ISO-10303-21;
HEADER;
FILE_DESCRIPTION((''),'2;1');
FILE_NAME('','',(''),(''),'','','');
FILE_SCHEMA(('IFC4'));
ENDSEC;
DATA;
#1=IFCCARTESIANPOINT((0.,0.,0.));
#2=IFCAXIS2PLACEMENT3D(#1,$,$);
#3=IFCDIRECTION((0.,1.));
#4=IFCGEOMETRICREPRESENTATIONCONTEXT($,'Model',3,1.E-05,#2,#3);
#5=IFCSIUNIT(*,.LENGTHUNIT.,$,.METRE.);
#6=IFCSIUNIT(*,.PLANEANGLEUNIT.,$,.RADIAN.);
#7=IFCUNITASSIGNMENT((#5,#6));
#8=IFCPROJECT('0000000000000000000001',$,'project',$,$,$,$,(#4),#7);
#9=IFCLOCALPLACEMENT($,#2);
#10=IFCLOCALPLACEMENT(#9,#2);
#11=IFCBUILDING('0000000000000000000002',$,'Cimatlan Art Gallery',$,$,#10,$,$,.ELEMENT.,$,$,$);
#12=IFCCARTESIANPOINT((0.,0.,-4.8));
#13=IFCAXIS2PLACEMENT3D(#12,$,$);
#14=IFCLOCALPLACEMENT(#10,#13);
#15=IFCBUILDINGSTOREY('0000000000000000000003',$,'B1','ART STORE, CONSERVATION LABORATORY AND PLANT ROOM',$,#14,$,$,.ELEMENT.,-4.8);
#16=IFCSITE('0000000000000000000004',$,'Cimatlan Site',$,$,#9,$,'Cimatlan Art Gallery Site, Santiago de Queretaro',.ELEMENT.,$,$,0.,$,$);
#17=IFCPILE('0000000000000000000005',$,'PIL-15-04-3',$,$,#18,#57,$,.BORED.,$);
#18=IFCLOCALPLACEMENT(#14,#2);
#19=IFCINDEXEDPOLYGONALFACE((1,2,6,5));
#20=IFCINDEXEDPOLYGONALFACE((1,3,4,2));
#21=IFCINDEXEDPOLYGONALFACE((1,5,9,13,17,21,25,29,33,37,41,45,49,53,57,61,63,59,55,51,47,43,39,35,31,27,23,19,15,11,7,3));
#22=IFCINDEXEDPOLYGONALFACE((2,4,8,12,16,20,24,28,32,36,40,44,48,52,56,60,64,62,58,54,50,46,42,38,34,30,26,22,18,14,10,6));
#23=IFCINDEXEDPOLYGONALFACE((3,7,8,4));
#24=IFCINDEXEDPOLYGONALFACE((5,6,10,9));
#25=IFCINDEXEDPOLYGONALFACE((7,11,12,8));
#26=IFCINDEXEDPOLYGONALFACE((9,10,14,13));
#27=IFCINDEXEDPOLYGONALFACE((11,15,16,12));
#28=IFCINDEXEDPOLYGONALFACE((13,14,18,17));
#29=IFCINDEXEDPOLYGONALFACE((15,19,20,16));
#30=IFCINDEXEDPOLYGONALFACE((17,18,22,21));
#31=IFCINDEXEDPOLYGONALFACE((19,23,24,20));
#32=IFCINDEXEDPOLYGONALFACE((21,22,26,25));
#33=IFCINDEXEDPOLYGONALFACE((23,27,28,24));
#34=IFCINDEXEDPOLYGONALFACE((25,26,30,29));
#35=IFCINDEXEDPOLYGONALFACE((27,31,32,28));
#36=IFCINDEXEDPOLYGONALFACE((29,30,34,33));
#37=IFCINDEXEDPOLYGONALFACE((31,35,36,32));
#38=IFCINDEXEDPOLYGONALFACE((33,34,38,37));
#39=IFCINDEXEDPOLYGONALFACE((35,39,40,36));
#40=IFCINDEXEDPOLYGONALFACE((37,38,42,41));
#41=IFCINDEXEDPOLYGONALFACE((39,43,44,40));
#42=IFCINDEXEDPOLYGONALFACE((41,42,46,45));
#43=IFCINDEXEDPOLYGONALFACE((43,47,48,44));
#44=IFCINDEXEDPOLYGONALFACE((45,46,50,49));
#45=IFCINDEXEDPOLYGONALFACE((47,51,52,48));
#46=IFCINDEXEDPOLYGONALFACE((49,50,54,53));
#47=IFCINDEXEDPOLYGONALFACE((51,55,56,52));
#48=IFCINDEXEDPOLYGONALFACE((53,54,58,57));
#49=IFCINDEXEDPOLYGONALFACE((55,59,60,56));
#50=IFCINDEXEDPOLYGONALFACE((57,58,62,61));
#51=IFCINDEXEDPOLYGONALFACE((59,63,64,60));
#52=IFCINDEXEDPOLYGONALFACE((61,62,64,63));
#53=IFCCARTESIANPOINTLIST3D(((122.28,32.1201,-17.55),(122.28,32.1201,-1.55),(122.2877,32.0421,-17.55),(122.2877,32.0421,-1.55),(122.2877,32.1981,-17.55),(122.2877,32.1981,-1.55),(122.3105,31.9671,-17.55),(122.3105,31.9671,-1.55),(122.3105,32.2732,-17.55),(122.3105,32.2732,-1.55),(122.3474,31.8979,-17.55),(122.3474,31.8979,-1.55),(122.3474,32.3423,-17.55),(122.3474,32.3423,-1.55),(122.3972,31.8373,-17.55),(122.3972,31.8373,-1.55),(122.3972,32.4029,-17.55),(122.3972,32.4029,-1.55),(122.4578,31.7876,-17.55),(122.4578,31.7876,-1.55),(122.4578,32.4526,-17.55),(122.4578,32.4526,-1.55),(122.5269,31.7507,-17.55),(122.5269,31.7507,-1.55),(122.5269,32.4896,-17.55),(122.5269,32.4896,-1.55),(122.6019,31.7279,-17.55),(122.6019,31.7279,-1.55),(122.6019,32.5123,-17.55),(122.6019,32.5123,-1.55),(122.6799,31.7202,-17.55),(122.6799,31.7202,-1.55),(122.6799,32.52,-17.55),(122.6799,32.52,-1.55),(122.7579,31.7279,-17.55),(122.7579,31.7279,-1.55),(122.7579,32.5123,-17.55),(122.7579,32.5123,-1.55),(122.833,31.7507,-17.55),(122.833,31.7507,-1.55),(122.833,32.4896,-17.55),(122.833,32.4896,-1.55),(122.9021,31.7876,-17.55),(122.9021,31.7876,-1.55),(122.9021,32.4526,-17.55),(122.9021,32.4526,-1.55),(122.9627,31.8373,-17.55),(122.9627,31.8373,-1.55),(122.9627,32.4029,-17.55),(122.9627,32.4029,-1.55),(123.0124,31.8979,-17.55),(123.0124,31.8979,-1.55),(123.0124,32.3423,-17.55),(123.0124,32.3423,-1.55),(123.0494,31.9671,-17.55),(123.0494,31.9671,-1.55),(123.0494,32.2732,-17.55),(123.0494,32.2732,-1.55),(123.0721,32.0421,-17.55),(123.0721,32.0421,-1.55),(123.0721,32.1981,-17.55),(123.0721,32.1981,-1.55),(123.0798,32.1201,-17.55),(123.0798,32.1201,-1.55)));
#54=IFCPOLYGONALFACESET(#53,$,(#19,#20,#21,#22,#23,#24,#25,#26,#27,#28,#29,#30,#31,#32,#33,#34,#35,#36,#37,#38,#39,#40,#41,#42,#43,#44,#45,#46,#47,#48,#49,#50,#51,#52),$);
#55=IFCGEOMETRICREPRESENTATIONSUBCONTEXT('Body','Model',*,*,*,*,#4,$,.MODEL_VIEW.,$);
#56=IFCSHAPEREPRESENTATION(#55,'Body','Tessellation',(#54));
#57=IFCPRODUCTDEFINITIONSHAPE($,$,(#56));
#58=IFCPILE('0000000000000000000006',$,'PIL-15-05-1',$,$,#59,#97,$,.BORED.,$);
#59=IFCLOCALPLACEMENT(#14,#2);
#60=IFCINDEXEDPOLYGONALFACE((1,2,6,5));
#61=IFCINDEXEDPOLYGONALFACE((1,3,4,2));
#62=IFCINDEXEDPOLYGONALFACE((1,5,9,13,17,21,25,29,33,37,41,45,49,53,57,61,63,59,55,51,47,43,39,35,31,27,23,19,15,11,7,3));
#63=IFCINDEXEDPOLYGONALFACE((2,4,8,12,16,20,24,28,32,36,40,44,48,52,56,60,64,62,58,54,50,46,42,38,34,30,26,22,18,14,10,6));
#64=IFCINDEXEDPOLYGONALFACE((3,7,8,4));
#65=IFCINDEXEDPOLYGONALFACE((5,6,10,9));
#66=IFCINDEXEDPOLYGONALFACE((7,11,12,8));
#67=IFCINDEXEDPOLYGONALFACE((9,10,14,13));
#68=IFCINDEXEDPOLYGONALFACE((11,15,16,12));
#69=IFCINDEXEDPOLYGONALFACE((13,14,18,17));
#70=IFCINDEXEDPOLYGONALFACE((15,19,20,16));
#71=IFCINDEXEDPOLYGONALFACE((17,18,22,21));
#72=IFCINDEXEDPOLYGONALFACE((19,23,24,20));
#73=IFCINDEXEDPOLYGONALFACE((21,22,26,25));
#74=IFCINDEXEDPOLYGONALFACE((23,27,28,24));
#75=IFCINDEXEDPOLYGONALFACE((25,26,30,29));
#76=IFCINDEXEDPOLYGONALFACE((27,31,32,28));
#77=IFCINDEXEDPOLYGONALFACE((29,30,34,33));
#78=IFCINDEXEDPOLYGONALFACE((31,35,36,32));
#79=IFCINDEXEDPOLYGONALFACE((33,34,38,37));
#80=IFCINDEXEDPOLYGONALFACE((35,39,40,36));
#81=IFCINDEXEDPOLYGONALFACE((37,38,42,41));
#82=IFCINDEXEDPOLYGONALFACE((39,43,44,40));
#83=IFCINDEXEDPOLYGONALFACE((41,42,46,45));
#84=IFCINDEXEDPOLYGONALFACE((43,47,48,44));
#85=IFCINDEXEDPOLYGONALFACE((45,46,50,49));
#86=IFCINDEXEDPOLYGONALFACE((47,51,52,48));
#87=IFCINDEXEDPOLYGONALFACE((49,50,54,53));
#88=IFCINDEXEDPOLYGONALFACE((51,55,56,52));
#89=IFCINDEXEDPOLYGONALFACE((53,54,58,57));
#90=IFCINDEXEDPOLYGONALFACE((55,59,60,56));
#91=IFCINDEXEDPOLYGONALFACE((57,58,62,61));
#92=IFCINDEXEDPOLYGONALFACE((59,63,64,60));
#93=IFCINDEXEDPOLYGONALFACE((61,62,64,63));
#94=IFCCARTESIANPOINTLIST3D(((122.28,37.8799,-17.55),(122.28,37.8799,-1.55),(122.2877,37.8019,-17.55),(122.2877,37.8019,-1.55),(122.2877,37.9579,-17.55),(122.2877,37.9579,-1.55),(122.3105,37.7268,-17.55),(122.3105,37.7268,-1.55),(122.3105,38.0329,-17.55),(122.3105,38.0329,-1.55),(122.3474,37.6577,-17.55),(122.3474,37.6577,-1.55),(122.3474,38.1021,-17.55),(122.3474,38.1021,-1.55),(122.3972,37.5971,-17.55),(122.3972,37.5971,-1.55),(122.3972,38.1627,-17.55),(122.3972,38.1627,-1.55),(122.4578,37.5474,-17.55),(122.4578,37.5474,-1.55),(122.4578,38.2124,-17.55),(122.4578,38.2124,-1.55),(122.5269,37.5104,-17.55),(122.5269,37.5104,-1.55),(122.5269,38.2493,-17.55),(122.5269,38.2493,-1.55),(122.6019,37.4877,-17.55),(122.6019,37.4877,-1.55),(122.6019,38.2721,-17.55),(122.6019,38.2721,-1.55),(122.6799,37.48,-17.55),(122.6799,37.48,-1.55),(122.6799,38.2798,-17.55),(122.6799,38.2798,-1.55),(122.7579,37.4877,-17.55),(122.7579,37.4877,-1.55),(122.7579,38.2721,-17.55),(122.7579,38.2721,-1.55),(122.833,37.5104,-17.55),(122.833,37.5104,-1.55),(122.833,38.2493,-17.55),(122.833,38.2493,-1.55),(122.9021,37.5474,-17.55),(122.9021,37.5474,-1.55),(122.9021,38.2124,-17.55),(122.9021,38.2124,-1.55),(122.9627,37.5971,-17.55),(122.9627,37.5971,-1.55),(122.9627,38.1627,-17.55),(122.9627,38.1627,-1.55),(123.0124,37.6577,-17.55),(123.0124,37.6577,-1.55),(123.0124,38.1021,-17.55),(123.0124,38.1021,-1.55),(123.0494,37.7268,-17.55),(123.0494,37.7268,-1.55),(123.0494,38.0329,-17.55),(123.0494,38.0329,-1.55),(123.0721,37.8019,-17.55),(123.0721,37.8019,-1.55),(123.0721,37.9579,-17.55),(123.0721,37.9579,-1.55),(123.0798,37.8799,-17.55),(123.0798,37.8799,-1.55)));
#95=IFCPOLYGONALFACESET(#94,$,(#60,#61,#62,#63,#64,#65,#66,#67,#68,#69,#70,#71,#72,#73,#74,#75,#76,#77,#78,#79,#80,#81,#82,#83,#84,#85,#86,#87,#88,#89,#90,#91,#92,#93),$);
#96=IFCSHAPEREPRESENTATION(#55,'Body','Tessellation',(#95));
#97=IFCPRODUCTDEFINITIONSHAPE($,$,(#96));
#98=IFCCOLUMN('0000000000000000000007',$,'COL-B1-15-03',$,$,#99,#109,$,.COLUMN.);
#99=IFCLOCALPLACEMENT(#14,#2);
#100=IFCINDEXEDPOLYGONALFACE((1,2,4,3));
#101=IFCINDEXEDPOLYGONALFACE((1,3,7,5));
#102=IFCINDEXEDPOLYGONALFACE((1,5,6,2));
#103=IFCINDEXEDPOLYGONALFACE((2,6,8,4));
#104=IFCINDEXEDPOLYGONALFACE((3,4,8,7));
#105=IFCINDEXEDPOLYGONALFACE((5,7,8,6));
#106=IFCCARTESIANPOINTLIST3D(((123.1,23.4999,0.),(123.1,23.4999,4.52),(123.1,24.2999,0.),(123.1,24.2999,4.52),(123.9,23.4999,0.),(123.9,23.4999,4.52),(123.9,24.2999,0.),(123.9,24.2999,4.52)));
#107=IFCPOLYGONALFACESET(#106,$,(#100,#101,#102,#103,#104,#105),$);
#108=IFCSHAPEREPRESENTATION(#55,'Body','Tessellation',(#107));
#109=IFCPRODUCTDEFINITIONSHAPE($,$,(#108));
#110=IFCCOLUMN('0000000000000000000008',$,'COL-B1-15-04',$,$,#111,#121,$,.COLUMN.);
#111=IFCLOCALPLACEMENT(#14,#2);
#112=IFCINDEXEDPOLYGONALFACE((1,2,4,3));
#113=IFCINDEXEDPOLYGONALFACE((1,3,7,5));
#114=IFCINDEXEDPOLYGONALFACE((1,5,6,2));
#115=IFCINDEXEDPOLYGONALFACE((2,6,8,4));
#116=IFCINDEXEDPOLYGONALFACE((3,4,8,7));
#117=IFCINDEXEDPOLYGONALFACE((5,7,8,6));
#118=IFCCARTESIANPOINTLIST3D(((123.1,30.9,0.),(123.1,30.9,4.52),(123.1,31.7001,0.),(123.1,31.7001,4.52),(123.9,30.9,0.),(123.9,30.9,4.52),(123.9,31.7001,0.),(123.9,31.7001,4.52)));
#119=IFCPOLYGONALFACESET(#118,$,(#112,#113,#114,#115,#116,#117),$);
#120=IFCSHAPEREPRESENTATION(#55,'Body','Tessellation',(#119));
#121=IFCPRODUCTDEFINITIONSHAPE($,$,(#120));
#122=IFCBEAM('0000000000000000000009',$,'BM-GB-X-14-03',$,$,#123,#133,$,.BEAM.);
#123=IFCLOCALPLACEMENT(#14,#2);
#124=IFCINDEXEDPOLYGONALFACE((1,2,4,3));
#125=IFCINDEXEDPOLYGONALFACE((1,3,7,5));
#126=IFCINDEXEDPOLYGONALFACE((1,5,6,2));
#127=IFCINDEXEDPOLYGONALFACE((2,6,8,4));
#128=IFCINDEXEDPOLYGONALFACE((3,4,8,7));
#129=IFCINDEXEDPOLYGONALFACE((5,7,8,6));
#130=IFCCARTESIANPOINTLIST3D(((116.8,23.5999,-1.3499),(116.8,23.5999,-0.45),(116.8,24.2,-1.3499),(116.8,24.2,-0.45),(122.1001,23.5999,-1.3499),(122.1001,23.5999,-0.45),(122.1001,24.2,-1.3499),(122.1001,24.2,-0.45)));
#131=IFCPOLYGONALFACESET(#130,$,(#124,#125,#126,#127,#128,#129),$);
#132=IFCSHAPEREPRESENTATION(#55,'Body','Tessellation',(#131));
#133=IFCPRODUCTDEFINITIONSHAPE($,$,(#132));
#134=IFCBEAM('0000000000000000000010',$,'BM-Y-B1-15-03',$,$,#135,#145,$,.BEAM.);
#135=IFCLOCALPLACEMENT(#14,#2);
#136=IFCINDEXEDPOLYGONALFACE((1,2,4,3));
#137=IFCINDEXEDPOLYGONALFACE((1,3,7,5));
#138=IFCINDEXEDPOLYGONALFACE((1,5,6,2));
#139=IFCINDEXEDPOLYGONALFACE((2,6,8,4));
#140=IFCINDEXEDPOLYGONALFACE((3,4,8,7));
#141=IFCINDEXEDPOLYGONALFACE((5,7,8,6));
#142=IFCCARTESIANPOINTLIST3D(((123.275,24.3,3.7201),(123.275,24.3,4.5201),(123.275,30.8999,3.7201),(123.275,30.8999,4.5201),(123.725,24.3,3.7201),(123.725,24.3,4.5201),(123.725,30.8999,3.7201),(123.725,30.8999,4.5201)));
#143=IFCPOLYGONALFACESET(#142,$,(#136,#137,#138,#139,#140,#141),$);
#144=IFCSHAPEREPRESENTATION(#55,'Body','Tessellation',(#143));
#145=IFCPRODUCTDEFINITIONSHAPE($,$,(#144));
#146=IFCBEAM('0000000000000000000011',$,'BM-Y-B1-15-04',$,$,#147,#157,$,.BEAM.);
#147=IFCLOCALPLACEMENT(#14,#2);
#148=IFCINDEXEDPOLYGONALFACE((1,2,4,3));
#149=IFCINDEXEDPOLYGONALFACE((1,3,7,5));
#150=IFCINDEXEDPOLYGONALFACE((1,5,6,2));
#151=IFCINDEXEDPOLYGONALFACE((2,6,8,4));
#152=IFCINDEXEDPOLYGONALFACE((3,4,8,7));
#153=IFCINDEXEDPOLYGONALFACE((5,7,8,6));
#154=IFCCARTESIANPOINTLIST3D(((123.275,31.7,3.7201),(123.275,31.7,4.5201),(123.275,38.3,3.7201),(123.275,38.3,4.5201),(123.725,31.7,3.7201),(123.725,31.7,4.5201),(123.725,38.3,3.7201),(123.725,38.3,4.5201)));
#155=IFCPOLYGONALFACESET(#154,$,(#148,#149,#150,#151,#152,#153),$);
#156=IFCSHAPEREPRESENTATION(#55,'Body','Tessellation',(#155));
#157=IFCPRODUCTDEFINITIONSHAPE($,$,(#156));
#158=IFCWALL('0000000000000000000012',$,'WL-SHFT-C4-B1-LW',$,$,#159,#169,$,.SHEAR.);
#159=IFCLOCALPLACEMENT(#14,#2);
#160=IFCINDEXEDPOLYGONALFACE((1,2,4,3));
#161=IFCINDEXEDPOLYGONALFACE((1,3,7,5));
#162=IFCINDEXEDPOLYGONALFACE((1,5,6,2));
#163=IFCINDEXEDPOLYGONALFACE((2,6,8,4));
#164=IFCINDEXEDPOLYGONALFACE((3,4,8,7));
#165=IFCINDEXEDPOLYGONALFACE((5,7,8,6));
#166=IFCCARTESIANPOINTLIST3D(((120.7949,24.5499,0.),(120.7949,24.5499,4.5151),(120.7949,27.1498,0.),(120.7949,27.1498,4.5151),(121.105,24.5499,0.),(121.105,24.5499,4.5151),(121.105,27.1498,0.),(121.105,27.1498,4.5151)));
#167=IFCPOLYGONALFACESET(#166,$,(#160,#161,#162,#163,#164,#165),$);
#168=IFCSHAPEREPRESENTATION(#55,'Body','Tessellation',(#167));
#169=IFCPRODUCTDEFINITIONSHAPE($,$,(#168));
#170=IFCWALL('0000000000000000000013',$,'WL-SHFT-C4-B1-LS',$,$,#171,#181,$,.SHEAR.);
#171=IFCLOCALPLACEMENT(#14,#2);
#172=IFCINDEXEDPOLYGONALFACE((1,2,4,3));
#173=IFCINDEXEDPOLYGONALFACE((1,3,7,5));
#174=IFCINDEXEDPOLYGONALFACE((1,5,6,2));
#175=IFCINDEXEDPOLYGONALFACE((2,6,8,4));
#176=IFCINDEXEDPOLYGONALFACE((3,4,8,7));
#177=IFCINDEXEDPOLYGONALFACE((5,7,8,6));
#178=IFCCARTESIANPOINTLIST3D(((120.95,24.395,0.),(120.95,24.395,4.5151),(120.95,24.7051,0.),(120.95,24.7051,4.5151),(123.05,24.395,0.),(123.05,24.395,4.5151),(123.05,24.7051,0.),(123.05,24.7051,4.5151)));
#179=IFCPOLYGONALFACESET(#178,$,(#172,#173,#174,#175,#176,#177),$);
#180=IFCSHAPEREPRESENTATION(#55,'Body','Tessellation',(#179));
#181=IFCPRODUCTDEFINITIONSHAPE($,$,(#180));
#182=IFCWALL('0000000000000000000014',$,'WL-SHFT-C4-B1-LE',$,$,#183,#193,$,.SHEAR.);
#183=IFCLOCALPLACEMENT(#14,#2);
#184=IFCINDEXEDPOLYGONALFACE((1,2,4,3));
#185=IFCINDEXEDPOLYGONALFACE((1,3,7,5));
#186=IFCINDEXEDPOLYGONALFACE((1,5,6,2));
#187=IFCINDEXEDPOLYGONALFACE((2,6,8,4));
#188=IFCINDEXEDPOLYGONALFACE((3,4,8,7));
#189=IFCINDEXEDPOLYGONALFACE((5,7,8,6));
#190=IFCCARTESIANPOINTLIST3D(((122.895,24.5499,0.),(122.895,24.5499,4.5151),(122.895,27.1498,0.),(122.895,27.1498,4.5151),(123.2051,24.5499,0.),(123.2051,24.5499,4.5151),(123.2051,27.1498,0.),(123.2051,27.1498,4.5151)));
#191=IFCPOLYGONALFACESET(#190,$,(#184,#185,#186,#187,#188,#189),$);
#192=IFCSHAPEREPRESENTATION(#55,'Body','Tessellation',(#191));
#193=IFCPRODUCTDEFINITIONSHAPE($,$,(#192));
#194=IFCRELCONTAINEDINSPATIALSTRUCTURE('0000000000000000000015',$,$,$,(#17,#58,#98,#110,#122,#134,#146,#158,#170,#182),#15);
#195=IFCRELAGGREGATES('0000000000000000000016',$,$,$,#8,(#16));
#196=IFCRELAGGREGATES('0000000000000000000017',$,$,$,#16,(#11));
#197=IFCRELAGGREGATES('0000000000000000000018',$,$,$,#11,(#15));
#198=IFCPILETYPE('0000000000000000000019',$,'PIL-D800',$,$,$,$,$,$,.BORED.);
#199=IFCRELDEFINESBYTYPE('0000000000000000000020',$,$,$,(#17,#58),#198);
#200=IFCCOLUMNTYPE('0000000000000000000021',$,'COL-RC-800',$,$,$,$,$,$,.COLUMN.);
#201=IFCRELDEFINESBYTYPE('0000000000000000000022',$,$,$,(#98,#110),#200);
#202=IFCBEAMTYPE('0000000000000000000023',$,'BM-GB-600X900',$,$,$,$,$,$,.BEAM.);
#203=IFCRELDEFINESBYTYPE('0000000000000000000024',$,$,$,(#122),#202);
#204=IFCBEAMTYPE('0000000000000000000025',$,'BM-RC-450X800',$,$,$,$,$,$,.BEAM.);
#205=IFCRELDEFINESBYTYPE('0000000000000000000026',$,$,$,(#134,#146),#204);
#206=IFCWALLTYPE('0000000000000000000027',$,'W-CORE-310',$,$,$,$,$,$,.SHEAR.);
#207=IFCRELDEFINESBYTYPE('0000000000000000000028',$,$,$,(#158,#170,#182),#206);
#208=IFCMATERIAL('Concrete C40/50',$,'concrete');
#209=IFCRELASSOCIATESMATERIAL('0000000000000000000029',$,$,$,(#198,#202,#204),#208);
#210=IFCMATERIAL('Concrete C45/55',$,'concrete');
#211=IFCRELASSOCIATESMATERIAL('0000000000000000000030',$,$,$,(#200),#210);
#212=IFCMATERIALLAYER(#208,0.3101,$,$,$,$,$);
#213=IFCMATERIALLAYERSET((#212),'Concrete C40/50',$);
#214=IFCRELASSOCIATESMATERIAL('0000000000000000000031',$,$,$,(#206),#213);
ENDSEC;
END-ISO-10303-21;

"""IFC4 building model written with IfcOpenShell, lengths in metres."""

from ifc_helpers import new_model, si_unit, direction, frame, frame_2d, origin, origin_2d, place, context, subcontext, project, spatial, rectangle, circle, extrude, material, layer, layer_set, material_profile, profile_set, type_object, element, save


model = new_model("IFC4")

# Units and contexts
model_context = context("Model", 3, precision=1e-05, world=origin(), true_north=direction((0.0, 1.0)))
body_context = subcontext(model_context, "Body", "Model", "MODEL_VIEW")
ifc_project = project(units=[si_unit("LENGTHUNIT", "METRE"), si_unit("PLANEANGLEUNIT", "RADIAN")], contexts=[model_context])

# Site, building, storey
site_placement = place(None, origin())
site = spatial("IfcSite", under=ifc_project, at=site_placement, Name="Cimatlan Site", LongName="Cimatlan Art Gallery Site, Santiago de Queretaro", CompositionType="ELEMENT", RefElevation=0.0)
building_placement = place(site_placement, origin())
building = spatial("IfcBuilding", under=site, at=building_placement, Name="Cimatlan Art Gallery", CompositionType="ELEMENT")
storey_placement = place(building_placement, frame((0.0, 0.0, -4.8)))
storey = spatial("IfcBuildingStorey", under=building, at=storey_placement, Name="B1", Description="ART STORE, CONSERVATION LABORATORY AND PLANT ROOM", CompositionType="ELEMENT", Elevation=-4.8)

# Shared definitions
ifc_material_1 = material(Name="Concrete C40/50", Category="concrete")

# Piles
pile_type = type_object("IfcPileType", Name="PIL-D800", PredefinedType="BORED", material=ifc_material_1)
for number, where, z_axis, x_axis, name in (
    (1, (122.6799, 32.1201, -1.55), (0.0, 0.0, -1.0), (1.0, 0.0, 0.0), "PIL-15-04-3"),
    (2, (122.6799, 37.8799, -1.55), (0.0, 0.0, -1.0), (1.0, 0.0, 0.0), "PIL-15-05-1"),
):
    element("IfcPile", number, at=place(storey_placement, frame(where, z_axis=z_axis, x_axis=x_axis)), inside=storey, type_object=pile_type, Name=name, PredefinedType="BORED", context=body_context, shape_type="SweptSolid", body=[
        extrude(circle(Radius=0.3999, at=origin_2d()), origin(), (0.0, 0.0, 1.0), 16.0),
    ])

# Columns
ifc_material_2 = material(Name="Concrete C45/55", Category="concrete")
ifc_material_profile_1 = material_profile(ifc_material_2, rectangle(XDim=0.8, YDim=0.8, at=origin_2d()), Name="RC800X800")
ifc_profile_set_1 = profile_set([ifc_material_profile_1], Name="Concrete C45/55")
column_type = type_object("IfcColumnType", Name="COL-RC-800", PredefinedType="COLUMN", material=ifc_profile_set_1)
for number, where, z_axis, x_axis, name in (
    (3, (123.5, 23.8999, 0.0), (0.0, 0.0, 1.0), (1.0, 0.0, 0.0), "COL-B1-15-03"),
    (4, (123.5, 31.3, 0.0), (0.0, 0.0, 1.0), (1.0, 0.0, 0.0), "COL-B1-15-04"),
):
    element("IfcColumn", number, at=place(storey_placement, frame(where, z_axis=z_axis, x_axis=x_axis)), inside=storey, type_object=column_type, Name=name, PredefinedType="COLUMN", context=body_context, shape_type="SweptSolid", body=[
        extrude(rectangle(XDim=0.8, YDim=0.8, at=origin_2d()), origin(), (0.0, 0.0, 1.0), 4.52),
    ])

# Beams
ifc_material_profile_2 = material_profile(ifc_material_1, rectangle(XDim=0.6001, YDim=0.8999, at=origin_2d()), Name="RC600X900")
ifc_profile_set_2 = profile_set([ifc_material_profile_2], Name="Concrete C40/50")
beam_type_1 = type_object("IfcBeamType", Name="BM-GB-600X900", PredefinedType="BEAM", material=ifc_profile_set_2)
beam_1_placement = place(storey_placement, frame((116.8, 23.8999, -0.8999), z_axis=(1.0, 0.0, 0.0), x_axis=(0.0, 1.0, 0.0)))
element("IfcBeam", 5, at=beam_1_placement, inside=storey, type_object=beam_type_1, Name="BM-GB-X-14-03", PredefinedType="BEAM", context=body_context, shape_type="SweptSolid", body=[
    extrude(rectangle(XDim=0.6001, YDim=0.8999, at=origin_2d()), origin(), (0.0, 0.0, 1.0), 5.3),
])
ifc_material_profile_3 = material_profile(ifc_material_1, rectangle(XDim=0.45, YDim=0.8, at=origin_2d()), Name="RC450X800")
ifc_profile_set_3 = profile_set([ifc_material_profile_3], Name="Concrete C40/50")
beam_type_2 = type_object("IfcBeamType", Name="BM-RC-450X800", PredefinedType="BEAM", material=ifc_profile_set_3)
beam_2_placement = place(storey_placement, frame((123.5, 24.3, 4.1201), z_axis=(0.0, 1.0, 0.0), x_axis=(-1.0, 0.0, 0.0)))
element("IfcBeam", 6, at=beam_2_placement, inside=storey, type_object=beam_type_2, Name="BM-Y-B1-15-03", PredefinedType="BEAM", context=body_context, shape_type="SweptSolid", body=[
    extrude(rectangle(XDim=0.45, YDim=0.8, at=origin_2d()), origin(), (0.0, 0.0, 1.0), 6.5999),
])
beam_3_placement = place(storey_placement, frame((123.5, 31.7, 4.1201), z_axis=(0.0, 1.0, 0.0), x_axis=(-1.0, 0.0, 0.0)))
element("IfcBeam", 7, at=beam_3_placement, inside=storey, type_object=beam_type_2, Name="BM-Y-B1-15-04", PredefinedType="BEAM", context=body_context, shape_type="SweptSolid", body=[
    extrude(rectangle(XDim=0.45, YDim=0.8, at=origin_2d()), origin(), (0.0, 0.0, 1.0), 6.6001),
])

# Walls
ifc_layer_1 = layer(ifc_material_1, 0.3101)
ifc_layer_set_1 = layer_set([ifc_layer_1], Name="Concrete C40/50")
wall_type_1 = type_object("IfcWallType", Name="W-CORE-310", PredefinedType="SHEAR", material=ifc_layer_set_1)
wall_1_placement = place(storey_placement, frame((120.95, 24.55, 0.0), z_axis=(0.0, 0.0, 1.0), x_axis=(0.0, 1.0, 0.0)))
element("IfcWall", 8, at=wall_1_placement, inside=storey, type_object=wall_type_1, Name="WL-SHFT-C4-B1-LW", PredefinedType="SHEAR", context=body_context, shape_type="SweptSolid", body=[
    extrude(rectangle(XDim=2.5999, YDim=0.3101, at=frame_2d((1.2998, 0.0))), origin(), (0.0, 0.0, 1.0), 4.5151),
])
wall_2_placement = place(storey_placement, frame((120.95, 24.55, 0.0), z_axis=(0.0, 0.0, 1.0), x_axis=(1.0, 0.0, 0.0)))
element("IfcWall", 9, at=wall_2_placement, inside=storey, type_object=wall_type_1, Name="WL-SHFT-C4-B1-LS", PredefinedType="SHEAR", context=body_context, shape_type="SweptSolid", body=[
    extrude(rectangle(XDim=2.1001, YDim=0.3101, at=frame_2d((1.05, 0.0))), origin(), (0.0, 0.0, 1.0), 4.5151),
])
wall_3_placement = place(storey_placement, frame((123.05, 24.55, 0.0), z_axis=(0.0, 0.0, 1.0), x_axis=(0.0, 1.0, 0.0)))
element("IfcWall", 10, at=wall_3_placement, inside=storey, type_object=wall_type_1, Name="WL-SHFT-C4-B1-LE", PredefinedType="SHEAR", context=body_context, shape_type="SweptSolid", body=[
    extrude(rectangle(XDim=2.5999, YDim=0.3101, at=frame_2d((1.2998, 0.0))), origin(), (0.0, 0.0, 1.0), 4.5151),
])

save(model, "model.ifc")
